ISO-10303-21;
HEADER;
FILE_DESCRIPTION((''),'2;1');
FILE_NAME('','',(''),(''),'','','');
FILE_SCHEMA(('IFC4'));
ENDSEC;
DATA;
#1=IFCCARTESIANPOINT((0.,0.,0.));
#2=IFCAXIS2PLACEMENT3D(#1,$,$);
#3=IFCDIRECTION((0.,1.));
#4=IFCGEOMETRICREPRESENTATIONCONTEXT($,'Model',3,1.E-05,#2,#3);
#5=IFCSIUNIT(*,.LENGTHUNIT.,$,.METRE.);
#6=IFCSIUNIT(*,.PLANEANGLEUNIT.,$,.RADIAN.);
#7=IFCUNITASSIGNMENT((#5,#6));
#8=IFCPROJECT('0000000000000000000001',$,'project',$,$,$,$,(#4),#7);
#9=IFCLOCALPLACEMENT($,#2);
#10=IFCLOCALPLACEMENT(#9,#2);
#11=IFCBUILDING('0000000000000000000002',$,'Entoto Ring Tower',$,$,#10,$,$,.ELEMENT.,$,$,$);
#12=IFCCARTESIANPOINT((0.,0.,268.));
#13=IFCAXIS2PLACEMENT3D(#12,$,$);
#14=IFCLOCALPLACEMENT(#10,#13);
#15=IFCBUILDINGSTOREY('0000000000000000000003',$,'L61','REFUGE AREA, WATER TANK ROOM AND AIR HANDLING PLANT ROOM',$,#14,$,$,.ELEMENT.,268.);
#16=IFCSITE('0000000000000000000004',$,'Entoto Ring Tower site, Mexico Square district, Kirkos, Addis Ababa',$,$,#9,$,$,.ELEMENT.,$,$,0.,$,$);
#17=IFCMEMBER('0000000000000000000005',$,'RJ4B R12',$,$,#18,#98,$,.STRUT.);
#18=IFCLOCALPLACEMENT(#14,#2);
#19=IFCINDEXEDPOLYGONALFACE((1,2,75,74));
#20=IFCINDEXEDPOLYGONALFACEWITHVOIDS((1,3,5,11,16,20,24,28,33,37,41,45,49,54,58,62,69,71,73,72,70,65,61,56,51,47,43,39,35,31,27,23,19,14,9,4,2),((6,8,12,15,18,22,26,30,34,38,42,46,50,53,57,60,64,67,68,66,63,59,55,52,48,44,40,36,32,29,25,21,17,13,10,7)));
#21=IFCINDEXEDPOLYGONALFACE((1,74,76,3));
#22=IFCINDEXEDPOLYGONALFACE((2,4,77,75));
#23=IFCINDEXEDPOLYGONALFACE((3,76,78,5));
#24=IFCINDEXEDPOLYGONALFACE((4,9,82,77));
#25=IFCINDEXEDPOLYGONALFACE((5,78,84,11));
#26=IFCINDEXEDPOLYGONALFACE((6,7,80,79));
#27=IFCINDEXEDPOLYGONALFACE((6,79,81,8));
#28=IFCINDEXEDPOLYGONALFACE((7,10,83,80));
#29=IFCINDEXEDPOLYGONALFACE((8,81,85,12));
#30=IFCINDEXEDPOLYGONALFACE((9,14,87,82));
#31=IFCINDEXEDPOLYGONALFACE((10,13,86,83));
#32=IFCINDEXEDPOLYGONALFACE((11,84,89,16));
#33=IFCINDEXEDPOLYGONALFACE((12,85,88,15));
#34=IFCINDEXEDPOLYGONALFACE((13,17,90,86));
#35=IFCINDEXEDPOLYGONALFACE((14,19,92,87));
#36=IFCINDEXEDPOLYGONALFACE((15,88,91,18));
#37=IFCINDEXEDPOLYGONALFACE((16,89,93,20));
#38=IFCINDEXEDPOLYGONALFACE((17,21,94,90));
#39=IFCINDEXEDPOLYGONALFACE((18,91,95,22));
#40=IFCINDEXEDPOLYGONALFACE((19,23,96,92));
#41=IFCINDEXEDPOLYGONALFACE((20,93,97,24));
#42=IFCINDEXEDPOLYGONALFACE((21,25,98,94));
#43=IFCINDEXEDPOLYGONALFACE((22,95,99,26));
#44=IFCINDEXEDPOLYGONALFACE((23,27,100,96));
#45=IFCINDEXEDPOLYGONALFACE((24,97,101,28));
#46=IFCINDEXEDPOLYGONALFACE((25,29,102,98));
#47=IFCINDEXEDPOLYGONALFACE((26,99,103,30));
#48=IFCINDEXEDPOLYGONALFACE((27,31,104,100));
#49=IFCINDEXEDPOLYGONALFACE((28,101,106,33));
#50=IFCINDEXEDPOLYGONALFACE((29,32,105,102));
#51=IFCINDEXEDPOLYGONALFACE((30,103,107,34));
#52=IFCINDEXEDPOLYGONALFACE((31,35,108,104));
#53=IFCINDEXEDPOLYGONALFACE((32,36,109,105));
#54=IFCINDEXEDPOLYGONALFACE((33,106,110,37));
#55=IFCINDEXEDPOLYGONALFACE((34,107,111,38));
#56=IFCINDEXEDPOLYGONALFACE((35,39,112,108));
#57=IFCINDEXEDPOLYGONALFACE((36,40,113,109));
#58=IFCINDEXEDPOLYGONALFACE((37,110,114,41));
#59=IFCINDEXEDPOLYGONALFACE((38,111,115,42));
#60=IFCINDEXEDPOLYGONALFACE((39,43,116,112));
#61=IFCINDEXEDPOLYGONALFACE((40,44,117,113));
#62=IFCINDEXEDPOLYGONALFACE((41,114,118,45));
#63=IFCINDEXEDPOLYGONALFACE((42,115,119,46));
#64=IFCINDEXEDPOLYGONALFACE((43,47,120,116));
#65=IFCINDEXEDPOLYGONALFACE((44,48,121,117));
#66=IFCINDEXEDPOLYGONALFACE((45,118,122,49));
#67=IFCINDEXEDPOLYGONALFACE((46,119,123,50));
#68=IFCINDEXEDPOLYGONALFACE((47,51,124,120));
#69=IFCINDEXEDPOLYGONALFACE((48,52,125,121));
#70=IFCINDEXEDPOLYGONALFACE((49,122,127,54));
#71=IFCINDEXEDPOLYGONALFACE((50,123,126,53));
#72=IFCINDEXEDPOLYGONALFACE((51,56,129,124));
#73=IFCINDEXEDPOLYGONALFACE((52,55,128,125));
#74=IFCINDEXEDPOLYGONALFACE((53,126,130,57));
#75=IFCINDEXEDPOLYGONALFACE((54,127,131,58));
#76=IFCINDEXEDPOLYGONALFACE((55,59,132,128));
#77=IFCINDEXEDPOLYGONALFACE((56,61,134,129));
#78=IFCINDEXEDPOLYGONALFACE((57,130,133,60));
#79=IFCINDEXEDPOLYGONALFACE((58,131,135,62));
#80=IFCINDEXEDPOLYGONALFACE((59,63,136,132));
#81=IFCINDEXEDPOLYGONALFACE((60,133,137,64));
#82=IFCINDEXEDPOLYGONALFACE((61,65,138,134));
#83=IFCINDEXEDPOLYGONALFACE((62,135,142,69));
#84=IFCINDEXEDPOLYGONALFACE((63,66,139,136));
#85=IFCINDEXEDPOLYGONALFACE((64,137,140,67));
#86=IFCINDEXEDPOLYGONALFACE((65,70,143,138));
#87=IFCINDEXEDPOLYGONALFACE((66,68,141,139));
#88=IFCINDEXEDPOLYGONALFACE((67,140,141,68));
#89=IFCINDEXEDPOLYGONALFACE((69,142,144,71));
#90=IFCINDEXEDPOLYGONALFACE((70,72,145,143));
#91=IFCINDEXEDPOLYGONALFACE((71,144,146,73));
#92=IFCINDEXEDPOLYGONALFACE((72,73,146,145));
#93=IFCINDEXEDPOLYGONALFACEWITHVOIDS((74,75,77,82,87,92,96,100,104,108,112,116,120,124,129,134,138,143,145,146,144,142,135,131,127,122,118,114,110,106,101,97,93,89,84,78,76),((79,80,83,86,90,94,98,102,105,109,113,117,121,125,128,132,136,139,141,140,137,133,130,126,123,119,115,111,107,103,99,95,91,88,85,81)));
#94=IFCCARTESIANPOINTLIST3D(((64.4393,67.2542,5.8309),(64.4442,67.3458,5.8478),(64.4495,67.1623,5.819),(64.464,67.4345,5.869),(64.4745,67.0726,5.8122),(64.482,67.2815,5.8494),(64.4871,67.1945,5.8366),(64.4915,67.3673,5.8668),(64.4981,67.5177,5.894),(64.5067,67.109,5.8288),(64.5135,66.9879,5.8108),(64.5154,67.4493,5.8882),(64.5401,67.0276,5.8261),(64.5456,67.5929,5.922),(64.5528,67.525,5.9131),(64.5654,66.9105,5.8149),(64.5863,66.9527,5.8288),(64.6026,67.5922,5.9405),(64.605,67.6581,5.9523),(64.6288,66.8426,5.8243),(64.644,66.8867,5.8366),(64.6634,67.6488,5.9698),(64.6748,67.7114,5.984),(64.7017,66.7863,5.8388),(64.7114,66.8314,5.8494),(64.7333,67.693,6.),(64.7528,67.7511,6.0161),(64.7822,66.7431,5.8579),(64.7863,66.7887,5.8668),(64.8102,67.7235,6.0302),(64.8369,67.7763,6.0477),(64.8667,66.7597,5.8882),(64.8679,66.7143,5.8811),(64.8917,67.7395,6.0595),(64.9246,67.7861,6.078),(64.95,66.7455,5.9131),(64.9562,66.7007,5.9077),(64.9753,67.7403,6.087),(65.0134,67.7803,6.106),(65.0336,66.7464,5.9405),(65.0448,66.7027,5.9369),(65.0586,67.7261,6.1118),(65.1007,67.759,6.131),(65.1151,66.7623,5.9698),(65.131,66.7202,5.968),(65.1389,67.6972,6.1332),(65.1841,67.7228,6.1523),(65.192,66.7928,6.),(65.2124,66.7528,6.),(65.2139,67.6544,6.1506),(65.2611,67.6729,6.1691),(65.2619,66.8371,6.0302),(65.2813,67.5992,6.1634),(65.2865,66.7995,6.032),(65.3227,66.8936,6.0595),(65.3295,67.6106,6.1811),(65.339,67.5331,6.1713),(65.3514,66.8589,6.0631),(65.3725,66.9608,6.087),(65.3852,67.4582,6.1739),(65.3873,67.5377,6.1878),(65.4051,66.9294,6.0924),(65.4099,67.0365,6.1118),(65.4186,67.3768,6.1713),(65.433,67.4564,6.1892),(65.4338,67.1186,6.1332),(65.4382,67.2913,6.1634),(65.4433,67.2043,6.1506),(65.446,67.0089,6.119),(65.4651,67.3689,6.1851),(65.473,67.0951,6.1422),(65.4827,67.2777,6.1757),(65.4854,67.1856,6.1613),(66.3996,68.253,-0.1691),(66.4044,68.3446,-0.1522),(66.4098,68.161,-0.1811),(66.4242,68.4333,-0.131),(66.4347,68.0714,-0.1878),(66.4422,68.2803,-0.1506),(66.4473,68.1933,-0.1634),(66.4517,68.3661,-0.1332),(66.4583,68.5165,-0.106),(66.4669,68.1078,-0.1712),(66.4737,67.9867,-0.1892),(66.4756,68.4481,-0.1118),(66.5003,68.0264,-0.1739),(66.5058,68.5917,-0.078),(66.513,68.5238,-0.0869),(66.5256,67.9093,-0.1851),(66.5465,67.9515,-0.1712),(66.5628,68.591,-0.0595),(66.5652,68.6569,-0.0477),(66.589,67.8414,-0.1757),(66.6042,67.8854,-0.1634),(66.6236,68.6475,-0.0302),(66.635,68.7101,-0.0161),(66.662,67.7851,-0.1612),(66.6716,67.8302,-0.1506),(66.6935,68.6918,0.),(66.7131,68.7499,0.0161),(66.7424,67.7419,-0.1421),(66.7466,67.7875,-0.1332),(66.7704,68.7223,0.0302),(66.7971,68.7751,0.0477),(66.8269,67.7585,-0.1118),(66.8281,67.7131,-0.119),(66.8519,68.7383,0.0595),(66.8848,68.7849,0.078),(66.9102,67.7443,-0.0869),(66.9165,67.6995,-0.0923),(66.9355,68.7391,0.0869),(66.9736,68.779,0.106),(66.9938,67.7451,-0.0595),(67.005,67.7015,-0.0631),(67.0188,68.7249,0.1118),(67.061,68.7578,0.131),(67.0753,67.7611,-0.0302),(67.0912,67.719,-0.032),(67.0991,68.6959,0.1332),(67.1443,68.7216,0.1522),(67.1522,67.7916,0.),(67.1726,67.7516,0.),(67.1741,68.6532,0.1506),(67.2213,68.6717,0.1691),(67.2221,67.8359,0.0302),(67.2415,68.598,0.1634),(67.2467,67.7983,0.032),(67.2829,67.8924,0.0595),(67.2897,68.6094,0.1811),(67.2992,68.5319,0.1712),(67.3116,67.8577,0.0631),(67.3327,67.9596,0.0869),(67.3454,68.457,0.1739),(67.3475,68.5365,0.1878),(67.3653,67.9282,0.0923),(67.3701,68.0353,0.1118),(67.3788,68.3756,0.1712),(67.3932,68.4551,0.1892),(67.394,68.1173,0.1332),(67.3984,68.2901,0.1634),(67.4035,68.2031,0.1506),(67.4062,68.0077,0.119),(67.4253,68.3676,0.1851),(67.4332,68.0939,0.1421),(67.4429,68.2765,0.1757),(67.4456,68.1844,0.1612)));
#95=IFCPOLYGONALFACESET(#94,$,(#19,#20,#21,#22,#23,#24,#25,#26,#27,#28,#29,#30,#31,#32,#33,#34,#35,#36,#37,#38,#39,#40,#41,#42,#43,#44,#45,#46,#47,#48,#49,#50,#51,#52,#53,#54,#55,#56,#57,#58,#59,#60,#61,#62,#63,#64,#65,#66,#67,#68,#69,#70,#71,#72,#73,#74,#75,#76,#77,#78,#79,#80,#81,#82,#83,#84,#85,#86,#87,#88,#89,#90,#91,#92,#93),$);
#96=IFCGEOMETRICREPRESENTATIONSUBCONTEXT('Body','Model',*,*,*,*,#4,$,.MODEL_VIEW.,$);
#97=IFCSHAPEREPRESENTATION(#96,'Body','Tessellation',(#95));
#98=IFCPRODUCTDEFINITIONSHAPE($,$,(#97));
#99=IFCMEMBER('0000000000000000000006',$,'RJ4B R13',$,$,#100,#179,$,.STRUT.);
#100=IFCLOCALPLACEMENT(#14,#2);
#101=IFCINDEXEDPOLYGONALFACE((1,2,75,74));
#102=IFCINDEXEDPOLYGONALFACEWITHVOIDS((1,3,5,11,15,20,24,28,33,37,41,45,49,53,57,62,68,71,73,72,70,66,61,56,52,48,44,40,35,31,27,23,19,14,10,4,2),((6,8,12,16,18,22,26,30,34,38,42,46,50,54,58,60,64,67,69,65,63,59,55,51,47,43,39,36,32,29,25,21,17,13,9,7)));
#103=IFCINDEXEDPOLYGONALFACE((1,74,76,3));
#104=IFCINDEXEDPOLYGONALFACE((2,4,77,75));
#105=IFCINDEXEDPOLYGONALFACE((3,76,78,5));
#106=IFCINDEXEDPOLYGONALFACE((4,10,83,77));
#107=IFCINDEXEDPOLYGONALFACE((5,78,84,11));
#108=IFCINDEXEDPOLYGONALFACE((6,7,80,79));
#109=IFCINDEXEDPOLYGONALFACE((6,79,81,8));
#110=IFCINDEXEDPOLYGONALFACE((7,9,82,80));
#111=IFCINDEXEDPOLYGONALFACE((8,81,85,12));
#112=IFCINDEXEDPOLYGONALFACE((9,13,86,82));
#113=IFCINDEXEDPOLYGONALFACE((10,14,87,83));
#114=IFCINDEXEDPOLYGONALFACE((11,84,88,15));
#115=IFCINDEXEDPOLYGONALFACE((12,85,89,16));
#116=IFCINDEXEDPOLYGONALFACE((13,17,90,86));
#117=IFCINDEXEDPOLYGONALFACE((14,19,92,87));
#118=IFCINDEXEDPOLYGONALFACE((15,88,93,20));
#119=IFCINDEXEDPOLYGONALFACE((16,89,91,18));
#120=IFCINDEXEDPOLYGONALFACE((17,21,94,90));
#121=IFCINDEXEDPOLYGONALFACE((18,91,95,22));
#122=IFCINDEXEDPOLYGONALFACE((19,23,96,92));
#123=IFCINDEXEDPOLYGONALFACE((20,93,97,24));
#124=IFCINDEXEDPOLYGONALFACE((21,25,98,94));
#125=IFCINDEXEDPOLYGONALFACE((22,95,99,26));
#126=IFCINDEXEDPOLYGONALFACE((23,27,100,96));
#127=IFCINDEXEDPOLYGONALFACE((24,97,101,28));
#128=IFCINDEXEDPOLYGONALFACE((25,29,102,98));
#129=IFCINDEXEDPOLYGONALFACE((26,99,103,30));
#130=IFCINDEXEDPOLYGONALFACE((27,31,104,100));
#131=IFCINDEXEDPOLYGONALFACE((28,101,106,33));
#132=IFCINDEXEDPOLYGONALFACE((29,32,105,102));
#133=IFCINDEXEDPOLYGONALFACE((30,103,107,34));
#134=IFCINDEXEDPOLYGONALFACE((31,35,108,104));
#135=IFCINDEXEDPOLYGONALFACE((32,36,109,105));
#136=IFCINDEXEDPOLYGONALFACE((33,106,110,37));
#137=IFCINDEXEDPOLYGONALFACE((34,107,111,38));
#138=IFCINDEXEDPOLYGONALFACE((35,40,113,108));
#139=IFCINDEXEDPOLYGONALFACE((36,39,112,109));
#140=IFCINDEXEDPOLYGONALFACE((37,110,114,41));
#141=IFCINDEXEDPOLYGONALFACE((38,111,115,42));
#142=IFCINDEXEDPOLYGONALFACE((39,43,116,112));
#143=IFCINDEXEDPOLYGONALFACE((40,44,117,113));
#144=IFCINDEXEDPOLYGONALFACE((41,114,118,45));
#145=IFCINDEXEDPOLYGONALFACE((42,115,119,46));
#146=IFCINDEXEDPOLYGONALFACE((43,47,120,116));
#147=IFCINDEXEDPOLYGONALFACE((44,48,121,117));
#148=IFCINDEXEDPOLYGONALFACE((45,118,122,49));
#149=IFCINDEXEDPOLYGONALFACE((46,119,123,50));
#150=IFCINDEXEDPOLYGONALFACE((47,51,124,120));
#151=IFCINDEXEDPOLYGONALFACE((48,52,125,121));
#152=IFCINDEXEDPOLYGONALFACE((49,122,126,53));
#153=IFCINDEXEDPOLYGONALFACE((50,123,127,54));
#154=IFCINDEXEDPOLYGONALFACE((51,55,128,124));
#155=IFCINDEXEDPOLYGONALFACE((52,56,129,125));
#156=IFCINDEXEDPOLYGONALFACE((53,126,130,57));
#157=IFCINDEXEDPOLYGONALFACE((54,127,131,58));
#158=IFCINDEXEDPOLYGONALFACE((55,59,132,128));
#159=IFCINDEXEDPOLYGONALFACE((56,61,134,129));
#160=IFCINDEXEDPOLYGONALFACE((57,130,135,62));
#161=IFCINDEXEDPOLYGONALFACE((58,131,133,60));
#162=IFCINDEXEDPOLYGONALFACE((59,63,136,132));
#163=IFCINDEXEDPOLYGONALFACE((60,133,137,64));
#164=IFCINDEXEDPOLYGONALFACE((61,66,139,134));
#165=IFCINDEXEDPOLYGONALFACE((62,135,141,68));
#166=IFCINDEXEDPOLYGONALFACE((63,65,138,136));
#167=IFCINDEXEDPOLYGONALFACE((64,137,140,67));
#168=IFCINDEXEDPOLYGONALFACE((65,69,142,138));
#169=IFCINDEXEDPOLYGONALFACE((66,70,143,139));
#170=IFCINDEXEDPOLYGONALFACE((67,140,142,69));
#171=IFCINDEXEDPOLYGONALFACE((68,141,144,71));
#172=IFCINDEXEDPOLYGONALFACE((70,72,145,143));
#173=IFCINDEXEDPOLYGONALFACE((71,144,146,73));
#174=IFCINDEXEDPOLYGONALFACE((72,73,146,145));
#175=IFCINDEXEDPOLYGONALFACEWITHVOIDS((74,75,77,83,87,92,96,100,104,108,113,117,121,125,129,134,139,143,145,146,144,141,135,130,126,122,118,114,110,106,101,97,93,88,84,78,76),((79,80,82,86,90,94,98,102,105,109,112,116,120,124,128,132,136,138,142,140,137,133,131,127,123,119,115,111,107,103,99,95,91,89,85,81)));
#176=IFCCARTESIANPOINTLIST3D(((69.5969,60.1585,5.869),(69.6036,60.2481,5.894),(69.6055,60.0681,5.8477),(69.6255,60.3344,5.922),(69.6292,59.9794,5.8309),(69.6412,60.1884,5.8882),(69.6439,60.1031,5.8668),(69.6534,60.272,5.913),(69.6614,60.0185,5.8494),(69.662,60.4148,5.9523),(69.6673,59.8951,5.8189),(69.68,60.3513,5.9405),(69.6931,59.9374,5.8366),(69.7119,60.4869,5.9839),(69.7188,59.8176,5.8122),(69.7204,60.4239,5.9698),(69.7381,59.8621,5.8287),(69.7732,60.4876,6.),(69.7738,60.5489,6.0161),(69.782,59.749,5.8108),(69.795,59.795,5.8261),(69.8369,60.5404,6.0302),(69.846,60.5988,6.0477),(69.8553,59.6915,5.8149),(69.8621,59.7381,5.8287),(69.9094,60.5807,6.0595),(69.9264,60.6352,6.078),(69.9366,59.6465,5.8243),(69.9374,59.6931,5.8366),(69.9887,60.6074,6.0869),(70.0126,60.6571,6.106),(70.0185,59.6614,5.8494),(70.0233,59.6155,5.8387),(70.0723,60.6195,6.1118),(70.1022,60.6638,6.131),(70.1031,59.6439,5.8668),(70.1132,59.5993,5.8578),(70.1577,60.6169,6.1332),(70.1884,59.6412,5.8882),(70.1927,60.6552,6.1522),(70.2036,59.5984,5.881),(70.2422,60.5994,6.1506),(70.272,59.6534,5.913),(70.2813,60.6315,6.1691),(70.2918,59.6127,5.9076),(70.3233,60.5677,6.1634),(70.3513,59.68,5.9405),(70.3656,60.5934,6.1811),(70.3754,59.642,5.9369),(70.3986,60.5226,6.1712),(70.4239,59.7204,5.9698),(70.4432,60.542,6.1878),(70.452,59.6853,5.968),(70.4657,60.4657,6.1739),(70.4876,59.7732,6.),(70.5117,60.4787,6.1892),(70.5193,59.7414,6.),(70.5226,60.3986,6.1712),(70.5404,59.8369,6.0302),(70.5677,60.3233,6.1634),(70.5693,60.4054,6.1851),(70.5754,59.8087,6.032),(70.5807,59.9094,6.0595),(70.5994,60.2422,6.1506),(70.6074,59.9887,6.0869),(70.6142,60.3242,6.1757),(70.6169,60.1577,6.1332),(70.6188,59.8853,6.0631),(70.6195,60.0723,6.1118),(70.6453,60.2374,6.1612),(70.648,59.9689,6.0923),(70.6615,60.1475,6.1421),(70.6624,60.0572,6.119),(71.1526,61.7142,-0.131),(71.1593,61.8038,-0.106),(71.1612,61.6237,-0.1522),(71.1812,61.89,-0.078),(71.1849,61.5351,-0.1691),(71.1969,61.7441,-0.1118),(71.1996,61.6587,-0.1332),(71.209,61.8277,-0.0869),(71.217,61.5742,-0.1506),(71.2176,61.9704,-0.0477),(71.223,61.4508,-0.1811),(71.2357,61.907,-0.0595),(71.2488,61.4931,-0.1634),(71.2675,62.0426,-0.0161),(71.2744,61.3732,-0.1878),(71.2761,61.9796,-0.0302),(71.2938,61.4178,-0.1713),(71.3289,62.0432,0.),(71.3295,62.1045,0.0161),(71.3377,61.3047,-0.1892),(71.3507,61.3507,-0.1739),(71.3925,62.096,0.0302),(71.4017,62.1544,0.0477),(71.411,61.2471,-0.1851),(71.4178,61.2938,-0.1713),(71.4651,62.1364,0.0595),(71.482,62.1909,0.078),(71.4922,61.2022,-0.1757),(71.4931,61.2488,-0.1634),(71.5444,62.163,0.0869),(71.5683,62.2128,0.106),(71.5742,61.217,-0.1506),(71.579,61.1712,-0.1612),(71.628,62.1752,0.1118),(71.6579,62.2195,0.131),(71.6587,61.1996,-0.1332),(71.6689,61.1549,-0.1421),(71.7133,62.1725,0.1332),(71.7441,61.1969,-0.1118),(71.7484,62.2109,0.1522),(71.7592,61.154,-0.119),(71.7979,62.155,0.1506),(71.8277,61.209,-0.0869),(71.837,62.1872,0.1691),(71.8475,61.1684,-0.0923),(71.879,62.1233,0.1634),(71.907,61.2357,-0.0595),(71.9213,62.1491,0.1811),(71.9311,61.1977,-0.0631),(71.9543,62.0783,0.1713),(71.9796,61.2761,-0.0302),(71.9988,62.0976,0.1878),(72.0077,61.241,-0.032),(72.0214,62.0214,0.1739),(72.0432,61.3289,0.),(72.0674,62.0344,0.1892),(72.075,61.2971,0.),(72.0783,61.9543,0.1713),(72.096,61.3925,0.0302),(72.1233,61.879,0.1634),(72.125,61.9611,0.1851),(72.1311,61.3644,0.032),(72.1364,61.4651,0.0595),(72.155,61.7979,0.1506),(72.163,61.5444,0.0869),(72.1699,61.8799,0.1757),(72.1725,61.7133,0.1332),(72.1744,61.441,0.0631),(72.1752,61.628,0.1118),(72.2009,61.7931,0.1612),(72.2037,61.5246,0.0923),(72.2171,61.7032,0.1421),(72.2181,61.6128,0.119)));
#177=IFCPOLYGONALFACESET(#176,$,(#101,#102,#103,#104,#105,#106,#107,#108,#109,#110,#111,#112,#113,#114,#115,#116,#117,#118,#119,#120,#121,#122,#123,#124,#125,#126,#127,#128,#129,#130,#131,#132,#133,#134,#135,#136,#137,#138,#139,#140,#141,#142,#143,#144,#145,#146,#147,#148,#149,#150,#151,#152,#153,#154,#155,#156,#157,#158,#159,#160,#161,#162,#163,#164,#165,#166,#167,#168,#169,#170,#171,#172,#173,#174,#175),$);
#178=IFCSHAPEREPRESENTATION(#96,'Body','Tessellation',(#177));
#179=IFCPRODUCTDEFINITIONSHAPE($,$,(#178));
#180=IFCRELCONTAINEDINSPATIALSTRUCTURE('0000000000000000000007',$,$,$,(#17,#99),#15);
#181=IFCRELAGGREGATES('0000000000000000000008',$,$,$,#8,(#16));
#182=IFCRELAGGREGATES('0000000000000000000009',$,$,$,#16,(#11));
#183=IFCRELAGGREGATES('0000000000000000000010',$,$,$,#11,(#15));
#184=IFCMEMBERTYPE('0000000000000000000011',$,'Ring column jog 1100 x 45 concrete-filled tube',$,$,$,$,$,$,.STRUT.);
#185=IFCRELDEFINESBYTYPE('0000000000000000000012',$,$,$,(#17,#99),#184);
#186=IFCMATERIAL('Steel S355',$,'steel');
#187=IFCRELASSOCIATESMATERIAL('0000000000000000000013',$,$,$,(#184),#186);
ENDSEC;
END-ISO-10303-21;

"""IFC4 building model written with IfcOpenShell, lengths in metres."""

from ifc_helpers import new_model, si_unit, direction, frame, origin, origin_2d, place, context, subcontext, project, spatial, circle, hollow_circle, extrude, material, material_profile, profile_set, type_object, element, save


model = new_model("IFC4")

# Units and contexts
model_context = context("Model", 3, precision=1e-05, world=origin(), true_north=direction((0.0, 1.0)))
body_context = subcontext(model_context, "Body", "Model", "MODEL_VIEW")
ifc_project = project(units=[si_unit("LENGTHUNIT", "METRE"), si_unit("PLANEANGLEUNIT", "RADIAN")], contexts=[model_context])

# Site, building, storey
site_placement = place(None, origin())
site = spatial("IfcSite", under=ifc_project, at=site_placement, Name="Entoto Ring Tower site, Mexico Square district, Kirkos, Addis Ababa", CompositionType="ELEMENT", RefElevation=0.0)
building_placement = place(site_placement, origin())
building = spatial("IfcBuilding", under=site, at=building_placement, Name="Entoto Ring Tower", CompositionType="ELEMENT")
storey_placement = place(building_placement, frame((0.0, 0.0, 268.0)))
storey = spatial("IfcBuildingStorey", under=building, at=storey_placement, Name="L61", Description="REFUGE AREA, WATER TANK ROOM AND AIR HANDLING PLANT ROOM", CompositionType="ELEMENT", Elevation=268.0)

# Members
ifc_material_1 = material(Name="Steel S355", Category="steel")
ifc_material_profile_1 = material_profile(ifc_material_1, hollow_circle(Radius=0.55, WallThickness=0.0449, at=origin_2d()), Name="CHS 1100 x 45")
ifc_material_2 = material(Name="Concrete C60/75", Category="concrete")
ifc_material_profile_2 = material_profile(ifc_material_2, circle(Radius=0.5049, at=origin_2d()), Name="Concrete C60/75 infill")
ifc_profile_set_1 = profile_set([ifc_material_profile_1, ifc_material_profile_2], Name="Steel S355")
member_type_1 = type_object("IfcMemberType", Name="Ring column jog 1100 x 45 concrete-filled tube", PredefinedType="STRUT", material=ifc_profile_set_1)
for number, where, z_axis, x_axis, name in (
    (1, (66.9229, 68.2417, 0.0), (-0.306732, -0.156288, 0.938877), (0.453992, -0.891006, 0.0), "RJ4B R12"),
    (2, (71.686, 61.686, 0.0), (-0.243429, -0.243429, 0.938874), (0.707107, -0.707107, 0.0), "RJ4B R13"),
):
    element("IfcMember", number, at=place(storey_placement, frame(where, z_axis=z_axis, x_axis=x_axis)), inside=storey, type_object=member_type_1, Name=name, PredefinedType="STRUT", context=body_context, shape_type="SweptSolid", body=[
        extrude(hollow_circle(Radius=0.55, WallThickness=0.0449, at=origin_2d()), origin(), (0.0, 0.0, 1.0), 6.3906),
    ])

save(model, "model.ifc")
